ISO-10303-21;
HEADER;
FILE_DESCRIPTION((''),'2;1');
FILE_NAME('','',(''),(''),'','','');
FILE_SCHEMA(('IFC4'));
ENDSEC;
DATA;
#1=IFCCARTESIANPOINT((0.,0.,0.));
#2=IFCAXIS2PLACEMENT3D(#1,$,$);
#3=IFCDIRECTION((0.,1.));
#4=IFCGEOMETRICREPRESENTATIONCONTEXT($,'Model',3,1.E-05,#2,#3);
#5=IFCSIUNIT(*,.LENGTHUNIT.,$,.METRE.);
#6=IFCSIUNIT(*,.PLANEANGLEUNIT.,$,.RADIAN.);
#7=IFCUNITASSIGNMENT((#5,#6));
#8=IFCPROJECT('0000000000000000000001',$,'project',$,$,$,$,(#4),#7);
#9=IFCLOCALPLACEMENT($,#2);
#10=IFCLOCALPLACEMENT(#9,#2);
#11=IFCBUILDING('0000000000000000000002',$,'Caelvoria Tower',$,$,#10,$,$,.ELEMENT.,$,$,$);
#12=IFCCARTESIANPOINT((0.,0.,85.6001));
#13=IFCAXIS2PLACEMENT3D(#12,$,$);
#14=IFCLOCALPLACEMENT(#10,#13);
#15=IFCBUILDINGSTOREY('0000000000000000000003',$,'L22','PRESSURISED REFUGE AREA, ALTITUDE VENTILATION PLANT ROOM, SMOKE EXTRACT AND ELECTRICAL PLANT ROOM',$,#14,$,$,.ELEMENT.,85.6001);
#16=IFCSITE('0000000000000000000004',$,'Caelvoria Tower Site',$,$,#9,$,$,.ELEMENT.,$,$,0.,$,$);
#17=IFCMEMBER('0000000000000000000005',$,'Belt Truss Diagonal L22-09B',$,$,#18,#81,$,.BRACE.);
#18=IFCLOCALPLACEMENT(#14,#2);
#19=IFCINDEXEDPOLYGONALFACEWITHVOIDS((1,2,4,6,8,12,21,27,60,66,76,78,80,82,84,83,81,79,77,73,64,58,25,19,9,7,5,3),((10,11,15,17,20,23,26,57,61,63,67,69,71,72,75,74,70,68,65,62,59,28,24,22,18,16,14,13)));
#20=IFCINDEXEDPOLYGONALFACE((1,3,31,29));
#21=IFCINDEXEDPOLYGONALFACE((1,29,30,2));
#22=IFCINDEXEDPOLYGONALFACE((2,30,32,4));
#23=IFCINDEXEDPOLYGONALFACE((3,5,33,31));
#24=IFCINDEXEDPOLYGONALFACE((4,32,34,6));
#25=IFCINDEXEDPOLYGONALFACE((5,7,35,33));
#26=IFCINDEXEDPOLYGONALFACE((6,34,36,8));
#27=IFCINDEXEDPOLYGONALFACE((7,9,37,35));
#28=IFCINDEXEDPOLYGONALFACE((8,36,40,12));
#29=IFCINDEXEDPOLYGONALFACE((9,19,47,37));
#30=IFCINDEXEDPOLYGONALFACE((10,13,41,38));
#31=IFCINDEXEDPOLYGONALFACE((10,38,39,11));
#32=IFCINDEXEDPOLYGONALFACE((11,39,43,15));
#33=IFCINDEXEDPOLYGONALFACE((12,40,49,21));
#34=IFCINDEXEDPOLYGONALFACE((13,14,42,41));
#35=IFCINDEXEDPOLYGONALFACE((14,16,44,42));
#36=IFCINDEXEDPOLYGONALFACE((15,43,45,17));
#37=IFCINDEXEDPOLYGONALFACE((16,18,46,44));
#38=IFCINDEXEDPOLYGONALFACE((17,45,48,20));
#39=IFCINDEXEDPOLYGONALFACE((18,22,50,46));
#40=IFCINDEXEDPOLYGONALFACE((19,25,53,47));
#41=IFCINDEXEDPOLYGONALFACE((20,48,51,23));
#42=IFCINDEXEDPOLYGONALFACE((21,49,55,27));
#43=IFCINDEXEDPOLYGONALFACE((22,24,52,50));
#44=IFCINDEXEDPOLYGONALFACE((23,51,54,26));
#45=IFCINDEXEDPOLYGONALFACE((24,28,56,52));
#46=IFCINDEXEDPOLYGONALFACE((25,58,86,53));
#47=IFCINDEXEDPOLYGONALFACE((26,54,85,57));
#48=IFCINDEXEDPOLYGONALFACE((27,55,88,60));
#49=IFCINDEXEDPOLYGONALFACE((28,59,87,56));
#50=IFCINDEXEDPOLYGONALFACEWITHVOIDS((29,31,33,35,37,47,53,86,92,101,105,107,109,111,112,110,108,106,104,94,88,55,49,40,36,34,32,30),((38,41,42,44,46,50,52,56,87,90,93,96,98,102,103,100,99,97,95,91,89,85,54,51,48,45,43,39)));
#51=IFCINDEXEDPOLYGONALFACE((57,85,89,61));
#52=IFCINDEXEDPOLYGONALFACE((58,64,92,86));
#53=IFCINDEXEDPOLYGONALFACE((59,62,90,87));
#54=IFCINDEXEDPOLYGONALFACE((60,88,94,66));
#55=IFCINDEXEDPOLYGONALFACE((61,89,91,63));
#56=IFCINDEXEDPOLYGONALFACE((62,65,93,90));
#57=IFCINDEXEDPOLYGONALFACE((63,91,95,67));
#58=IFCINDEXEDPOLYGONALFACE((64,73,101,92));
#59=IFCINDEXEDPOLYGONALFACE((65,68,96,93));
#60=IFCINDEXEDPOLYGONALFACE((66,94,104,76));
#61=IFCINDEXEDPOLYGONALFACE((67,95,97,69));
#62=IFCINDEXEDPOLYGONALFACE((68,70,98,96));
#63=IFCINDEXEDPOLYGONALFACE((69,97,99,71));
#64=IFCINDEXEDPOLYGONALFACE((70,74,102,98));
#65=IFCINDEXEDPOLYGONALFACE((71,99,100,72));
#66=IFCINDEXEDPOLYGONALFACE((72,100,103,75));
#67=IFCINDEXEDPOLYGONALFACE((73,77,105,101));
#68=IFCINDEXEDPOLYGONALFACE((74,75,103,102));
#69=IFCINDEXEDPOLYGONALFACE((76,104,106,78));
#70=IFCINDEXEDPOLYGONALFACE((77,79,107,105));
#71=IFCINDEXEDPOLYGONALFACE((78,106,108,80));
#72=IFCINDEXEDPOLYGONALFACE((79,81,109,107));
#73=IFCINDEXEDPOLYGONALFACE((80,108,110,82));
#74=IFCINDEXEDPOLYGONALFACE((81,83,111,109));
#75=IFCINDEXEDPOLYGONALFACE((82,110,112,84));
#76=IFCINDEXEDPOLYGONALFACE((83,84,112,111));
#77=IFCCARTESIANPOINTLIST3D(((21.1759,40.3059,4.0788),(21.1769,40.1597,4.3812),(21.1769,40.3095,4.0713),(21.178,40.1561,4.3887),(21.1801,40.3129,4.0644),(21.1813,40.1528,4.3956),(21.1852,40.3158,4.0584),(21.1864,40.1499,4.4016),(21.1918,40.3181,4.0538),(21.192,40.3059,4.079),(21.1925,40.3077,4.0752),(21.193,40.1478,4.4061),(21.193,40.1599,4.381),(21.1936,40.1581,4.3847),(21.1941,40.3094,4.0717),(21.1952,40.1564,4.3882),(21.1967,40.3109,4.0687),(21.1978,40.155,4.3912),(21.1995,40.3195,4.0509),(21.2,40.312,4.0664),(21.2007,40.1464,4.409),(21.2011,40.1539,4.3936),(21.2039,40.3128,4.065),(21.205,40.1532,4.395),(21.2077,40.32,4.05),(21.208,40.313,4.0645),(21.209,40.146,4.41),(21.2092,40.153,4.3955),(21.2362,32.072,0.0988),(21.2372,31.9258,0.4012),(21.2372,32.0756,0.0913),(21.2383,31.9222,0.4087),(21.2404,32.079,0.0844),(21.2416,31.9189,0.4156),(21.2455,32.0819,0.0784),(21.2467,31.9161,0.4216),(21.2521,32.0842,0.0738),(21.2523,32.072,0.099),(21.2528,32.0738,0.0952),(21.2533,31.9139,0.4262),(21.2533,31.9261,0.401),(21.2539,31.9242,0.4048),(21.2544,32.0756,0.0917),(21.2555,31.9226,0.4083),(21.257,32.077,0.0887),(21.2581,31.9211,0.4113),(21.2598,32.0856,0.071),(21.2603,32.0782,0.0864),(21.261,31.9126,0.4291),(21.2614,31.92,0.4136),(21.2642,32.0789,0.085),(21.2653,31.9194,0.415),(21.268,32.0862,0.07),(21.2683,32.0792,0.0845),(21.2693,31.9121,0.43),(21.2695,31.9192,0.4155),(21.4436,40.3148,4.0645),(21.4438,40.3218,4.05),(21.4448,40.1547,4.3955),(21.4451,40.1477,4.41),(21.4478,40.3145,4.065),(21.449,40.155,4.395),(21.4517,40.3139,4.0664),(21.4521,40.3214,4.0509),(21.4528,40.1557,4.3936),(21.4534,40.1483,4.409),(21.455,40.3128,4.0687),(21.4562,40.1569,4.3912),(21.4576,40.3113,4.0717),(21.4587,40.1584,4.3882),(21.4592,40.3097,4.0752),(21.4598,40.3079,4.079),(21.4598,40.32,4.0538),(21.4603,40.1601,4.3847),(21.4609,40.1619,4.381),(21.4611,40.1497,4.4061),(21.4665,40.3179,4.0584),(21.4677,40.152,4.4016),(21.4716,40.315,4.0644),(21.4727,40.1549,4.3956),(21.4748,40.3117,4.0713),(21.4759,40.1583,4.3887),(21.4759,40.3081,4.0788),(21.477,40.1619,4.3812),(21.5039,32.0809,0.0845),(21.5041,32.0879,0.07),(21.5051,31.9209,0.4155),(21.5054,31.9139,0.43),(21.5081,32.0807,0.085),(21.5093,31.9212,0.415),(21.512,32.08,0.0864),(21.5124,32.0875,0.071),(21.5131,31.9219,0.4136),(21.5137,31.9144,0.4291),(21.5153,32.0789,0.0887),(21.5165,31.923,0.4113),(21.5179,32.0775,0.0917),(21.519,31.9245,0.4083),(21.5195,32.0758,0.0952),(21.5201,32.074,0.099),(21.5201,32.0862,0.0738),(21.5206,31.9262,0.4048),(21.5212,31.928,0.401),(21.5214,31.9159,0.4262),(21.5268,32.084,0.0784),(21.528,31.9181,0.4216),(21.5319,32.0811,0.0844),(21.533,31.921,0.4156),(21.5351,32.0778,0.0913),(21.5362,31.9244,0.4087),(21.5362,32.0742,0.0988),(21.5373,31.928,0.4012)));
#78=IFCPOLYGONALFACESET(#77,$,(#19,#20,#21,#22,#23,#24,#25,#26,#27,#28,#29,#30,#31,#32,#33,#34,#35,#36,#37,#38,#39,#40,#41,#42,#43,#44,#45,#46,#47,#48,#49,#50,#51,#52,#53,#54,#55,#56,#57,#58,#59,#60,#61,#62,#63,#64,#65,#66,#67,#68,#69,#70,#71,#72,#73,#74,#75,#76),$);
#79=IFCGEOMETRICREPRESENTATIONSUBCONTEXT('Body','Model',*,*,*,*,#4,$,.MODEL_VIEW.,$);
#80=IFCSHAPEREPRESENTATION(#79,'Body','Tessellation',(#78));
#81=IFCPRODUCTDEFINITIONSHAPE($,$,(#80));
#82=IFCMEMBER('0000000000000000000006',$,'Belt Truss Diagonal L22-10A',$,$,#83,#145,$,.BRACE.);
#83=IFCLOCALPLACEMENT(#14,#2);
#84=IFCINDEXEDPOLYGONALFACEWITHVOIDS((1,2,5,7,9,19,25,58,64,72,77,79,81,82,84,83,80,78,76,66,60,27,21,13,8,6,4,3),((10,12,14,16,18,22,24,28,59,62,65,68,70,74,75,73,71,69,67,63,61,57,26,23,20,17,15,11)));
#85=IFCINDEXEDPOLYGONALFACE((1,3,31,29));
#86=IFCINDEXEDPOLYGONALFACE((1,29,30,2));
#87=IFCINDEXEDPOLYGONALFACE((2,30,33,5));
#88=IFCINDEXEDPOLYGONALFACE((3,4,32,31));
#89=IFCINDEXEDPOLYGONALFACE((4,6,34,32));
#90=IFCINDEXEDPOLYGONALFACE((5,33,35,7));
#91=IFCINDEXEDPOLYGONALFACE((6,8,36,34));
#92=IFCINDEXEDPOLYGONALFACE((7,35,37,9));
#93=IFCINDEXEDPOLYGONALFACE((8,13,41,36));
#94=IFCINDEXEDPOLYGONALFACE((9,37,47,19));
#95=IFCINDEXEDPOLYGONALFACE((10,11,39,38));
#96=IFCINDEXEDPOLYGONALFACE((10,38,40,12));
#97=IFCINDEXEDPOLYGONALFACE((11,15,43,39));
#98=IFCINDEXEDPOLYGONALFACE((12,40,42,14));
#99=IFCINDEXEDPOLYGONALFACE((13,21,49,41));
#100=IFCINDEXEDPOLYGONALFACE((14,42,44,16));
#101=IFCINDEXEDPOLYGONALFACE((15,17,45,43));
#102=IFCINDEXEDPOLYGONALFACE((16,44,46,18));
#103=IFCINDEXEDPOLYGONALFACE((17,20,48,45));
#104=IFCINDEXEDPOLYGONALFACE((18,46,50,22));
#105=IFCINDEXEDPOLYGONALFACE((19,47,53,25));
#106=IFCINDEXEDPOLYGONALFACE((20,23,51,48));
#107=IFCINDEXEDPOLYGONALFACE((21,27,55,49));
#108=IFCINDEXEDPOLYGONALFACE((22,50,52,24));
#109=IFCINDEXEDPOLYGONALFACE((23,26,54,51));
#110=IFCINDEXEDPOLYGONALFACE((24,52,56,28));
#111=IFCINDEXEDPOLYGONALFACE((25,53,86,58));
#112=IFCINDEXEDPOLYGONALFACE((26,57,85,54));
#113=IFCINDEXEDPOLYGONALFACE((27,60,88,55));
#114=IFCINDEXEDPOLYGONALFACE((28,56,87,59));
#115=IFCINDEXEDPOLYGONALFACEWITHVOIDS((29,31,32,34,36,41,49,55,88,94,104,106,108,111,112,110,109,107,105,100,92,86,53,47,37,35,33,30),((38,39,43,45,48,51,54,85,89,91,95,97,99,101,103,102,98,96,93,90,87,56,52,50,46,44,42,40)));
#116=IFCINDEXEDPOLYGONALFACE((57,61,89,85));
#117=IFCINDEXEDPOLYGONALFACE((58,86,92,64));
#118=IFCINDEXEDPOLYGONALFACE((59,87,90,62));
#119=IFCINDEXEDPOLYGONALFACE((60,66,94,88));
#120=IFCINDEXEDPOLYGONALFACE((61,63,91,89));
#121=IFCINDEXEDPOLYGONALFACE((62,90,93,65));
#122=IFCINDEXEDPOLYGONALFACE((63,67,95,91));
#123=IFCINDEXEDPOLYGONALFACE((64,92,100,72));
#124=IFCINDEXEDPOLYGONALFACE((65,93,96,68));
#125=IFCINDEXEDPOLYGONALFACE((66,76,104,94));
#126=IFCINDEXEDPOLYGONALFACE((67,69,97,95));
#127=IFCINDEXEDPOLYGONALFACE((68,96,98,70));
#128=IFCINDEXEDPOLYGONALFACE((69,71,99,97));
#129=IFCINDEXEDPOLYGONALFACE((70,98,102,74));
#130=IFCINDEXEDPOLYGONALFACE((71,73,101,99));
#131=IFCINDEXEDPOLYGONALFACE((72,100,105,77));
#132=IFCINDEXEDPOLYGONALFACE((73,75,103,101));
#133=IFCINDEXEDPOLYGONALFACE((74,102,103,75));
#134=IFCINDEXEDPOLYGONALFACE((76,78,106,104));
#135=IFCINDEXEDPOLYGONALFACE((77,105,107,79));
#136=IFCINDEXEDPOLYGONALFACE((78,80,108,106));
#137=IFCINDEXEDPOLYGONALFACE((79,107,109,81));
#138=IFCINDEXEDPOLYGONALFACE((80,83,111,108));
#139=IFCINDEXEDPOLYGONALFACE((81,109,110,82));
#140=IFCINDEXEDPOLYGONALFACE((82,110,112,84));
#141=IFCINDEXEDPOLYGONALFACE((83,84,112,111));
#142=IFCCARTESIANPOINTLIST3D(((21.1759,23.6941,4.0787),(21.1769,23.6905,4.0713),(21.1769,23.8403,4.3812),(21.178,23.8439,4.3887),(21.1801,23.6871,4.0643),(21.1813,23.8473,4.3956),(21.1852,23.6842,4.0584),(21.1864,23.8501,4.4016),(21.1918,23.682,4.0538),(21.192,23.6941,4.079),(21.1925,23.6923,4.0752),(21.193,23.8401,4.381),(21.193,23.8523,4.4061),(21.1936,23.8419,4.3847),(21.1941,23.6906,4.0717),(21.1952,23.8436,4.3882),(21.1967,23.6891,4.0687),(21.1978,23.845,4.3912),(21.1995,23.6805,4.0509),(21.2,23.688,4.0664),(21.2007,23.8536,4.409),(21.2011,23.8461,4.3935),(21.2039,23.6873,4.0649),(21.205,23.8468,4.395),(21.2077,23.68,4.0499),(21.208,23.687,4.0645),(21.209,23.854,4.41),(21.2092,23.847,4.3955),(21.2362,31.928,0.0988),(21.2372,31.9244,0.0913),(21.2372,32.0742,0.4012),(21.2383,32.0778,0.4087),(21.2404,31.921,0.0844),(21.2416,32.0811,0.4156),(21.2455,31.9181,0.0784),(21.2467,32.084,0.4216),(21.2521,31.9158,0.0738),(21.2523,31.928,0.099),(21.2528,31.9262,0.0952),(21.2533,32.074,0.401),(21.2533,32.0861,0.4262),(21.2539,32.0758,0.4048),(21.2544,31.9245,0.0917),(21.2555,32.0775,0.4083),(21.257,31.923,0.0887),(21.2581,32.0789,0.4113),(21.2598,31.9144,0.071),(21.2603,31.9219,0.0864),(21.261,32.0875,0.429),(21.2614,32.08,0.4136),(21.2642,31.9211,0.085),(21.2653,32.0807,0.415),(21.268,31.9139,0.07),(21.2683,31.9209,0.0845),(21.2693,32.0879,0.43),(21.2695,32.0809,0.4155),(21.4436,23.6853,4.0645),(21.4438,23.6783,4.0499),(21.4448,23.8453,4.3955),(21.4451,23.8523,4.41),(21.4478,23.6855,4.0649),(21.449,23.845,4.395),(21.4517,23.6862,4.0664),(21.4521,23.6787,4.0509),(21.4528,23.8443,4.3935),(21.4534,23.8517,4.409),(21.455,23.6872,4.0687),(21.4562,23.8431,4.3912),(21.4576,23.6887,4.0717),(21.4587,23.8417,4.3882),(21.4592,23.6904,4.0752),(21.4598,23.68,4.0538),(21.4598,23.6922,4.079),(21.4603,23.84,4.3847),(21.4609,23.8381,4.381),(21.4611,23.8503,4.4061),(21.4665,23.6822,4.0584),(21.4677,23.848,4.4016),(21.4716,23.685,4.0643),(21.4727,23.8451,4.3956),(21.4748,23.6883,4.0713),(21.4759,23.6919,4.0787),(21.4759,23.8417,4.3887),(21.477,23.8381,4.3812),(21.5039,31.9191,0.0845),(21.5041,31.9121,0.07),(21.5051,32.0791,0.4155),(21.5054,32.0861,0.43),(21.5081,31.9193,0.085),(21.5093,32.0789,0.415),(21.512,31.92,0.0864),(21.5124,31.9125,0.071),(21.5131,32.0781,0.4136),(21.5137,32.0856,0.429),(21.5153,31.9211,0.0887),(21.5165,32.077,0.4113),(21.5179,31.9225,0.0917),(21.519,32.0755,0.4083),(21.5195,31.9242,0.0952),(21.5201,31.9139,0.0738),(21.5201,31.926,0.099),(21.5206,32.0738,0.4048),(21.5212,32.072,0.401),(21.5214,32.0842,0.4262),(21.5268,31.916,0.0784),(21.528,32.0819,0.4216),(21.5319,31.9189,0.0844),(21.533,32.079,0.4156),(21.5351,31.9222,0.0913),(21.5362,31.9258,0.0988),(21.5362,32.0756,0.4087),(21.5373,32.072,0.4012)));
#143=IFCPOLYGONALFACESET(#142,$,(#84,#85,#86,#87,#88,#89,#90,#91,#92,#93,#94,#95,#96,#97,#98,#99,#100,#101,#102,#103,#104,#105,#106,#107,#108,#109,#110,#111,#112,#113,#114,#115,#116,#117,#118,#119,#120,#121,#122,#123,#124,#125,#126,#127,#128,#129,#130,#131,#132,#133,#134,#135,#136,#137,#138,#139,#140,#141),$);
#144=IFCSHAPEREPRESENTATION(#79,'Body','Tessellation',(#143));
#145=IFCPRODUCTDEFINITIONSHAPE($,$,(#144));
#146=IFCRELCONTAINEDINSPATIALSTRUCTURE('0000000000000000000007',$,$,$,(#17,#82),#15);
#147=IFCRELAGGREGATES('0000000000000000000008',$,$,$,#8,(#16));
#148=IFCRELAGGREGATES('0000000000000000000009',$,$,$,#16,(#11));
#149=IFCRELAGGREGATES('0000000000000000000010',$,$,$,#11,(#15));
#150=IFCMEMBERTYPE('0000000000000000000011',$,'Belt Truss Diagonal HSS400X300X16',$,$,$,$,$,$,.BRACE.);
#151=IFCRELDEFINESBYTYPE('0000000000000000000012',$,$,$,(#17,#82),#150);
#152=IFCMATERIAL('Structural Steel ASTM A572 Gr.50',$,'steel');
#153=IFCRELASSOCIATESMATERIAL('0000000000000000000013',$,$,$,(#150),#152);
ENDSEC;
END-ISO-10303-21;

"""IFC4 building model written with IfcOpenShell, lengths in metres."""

from ifc_helpers import new_model, si_unit, direction, frame, origin, origin_2d, place, context, subcontext, project, spatial, hollow_rectangle, extrude, material, material_profile, profile_set, type_object, element, save


model = new_model("IFC4")

# Units and contexts
model_context = context("Model", 3, precision=1e-05, world=origin(), true_north=direction((0.0, 1.0)))
body_context = subcontext(model_context, "Body", "Model", "MODEL_VIEW")
ifc_project = project(units=[si_unit("LENGTHUNIT", "METRE"), si_unit("PLANEANGLEUNIT", "RADIAN")], contexts=[model_context])

# Site, building, storey
site_placement = place(None, origin())
site = spatial("IfcSite", under=ifc_project, at=site_placement, Name="Caelvoria Tower Site", CompositionType="ELEMENT", RefElevation=0.0)
building_placement = place(site_placement, origin())
building = spatial("IfcBuilding", under=site, at=building_placement, Name="Caelvoria Tower", CompositionType="ELEMENT")
storey_placement = place(building_placement, frame((0.0, 0.0, 85.6001)))
storey = spatial("IfcBuildingStorey", under=building, at=storey_placement, Name="L22", Description="PRESSURISED REFUGE AREA, ALTITUDE VENTILATION PLANT ROOM, SMOKE EXTRACT AND ELECTRICAL PLANT ROOM", CompositionType="ELEMENT", Elevation=85.6001)

# Shared definitions
ifc_material_1 = material(Name="Structural Steel ASTM A572 Gr.50", Category="steel")

# Members
ifc_material_profile_1 = material_profile(ifc_material_1, hollow_rectangle(XDim=0.3, YDim=0.3999, WallThickness=0.0161, InnerFilletRadius=0.0161, OuterFilletRadius=0.032, at=origin_2d()), Name="Structural Steel ASTM A572 Gr.50")
ifc_profile_set_1 = profile_set([ifc_material_profile_1], Name="HSS400X300X16 - Structural Steel ASTM A572 Gr.50")
member_type_1 = type_object("IfcMemberType", Name="Belt Truss Diagonal HSS400X300X16", PredefinedType="BRACE", material=ifc_profile_set_1)
for number, where, z_axis, x_axis, name in (
    (1, (21.3264, 40.2339, 4.23), (0.006594, -0.900318, -0.435183), (0.999973, 0.007324, 0.0), "Belt Truss Diagonal L22-09B"),
    (2, (21.3867, 32.0, 0.25), (-0.006594, -0.900318, 0.435183), (0.999973, -0.007324, 0.0), "Belt Truss Diagonal L22-10A"),
):
    element("IfcMember", number, at=place(storey_placement, frame(where, z_axis=z_axis, x_axis=x_axis)), inside=storey, type_object=member_type_1, Name=name, PredefinedType="BRACE", context=body_context, shape_type="SweptSolid", body=[
        extrude(hollow_rectangle(XDim=0.3, YDim=0.3999, WallThickness=0.0161, InnerFilletRadius=0.0161, OuterFilletRadius=0.032, at=origin_2d()), origin(), (0.0, 0.0, 1.0), 9.1455),
    ])

save(model, "model.ifc")
